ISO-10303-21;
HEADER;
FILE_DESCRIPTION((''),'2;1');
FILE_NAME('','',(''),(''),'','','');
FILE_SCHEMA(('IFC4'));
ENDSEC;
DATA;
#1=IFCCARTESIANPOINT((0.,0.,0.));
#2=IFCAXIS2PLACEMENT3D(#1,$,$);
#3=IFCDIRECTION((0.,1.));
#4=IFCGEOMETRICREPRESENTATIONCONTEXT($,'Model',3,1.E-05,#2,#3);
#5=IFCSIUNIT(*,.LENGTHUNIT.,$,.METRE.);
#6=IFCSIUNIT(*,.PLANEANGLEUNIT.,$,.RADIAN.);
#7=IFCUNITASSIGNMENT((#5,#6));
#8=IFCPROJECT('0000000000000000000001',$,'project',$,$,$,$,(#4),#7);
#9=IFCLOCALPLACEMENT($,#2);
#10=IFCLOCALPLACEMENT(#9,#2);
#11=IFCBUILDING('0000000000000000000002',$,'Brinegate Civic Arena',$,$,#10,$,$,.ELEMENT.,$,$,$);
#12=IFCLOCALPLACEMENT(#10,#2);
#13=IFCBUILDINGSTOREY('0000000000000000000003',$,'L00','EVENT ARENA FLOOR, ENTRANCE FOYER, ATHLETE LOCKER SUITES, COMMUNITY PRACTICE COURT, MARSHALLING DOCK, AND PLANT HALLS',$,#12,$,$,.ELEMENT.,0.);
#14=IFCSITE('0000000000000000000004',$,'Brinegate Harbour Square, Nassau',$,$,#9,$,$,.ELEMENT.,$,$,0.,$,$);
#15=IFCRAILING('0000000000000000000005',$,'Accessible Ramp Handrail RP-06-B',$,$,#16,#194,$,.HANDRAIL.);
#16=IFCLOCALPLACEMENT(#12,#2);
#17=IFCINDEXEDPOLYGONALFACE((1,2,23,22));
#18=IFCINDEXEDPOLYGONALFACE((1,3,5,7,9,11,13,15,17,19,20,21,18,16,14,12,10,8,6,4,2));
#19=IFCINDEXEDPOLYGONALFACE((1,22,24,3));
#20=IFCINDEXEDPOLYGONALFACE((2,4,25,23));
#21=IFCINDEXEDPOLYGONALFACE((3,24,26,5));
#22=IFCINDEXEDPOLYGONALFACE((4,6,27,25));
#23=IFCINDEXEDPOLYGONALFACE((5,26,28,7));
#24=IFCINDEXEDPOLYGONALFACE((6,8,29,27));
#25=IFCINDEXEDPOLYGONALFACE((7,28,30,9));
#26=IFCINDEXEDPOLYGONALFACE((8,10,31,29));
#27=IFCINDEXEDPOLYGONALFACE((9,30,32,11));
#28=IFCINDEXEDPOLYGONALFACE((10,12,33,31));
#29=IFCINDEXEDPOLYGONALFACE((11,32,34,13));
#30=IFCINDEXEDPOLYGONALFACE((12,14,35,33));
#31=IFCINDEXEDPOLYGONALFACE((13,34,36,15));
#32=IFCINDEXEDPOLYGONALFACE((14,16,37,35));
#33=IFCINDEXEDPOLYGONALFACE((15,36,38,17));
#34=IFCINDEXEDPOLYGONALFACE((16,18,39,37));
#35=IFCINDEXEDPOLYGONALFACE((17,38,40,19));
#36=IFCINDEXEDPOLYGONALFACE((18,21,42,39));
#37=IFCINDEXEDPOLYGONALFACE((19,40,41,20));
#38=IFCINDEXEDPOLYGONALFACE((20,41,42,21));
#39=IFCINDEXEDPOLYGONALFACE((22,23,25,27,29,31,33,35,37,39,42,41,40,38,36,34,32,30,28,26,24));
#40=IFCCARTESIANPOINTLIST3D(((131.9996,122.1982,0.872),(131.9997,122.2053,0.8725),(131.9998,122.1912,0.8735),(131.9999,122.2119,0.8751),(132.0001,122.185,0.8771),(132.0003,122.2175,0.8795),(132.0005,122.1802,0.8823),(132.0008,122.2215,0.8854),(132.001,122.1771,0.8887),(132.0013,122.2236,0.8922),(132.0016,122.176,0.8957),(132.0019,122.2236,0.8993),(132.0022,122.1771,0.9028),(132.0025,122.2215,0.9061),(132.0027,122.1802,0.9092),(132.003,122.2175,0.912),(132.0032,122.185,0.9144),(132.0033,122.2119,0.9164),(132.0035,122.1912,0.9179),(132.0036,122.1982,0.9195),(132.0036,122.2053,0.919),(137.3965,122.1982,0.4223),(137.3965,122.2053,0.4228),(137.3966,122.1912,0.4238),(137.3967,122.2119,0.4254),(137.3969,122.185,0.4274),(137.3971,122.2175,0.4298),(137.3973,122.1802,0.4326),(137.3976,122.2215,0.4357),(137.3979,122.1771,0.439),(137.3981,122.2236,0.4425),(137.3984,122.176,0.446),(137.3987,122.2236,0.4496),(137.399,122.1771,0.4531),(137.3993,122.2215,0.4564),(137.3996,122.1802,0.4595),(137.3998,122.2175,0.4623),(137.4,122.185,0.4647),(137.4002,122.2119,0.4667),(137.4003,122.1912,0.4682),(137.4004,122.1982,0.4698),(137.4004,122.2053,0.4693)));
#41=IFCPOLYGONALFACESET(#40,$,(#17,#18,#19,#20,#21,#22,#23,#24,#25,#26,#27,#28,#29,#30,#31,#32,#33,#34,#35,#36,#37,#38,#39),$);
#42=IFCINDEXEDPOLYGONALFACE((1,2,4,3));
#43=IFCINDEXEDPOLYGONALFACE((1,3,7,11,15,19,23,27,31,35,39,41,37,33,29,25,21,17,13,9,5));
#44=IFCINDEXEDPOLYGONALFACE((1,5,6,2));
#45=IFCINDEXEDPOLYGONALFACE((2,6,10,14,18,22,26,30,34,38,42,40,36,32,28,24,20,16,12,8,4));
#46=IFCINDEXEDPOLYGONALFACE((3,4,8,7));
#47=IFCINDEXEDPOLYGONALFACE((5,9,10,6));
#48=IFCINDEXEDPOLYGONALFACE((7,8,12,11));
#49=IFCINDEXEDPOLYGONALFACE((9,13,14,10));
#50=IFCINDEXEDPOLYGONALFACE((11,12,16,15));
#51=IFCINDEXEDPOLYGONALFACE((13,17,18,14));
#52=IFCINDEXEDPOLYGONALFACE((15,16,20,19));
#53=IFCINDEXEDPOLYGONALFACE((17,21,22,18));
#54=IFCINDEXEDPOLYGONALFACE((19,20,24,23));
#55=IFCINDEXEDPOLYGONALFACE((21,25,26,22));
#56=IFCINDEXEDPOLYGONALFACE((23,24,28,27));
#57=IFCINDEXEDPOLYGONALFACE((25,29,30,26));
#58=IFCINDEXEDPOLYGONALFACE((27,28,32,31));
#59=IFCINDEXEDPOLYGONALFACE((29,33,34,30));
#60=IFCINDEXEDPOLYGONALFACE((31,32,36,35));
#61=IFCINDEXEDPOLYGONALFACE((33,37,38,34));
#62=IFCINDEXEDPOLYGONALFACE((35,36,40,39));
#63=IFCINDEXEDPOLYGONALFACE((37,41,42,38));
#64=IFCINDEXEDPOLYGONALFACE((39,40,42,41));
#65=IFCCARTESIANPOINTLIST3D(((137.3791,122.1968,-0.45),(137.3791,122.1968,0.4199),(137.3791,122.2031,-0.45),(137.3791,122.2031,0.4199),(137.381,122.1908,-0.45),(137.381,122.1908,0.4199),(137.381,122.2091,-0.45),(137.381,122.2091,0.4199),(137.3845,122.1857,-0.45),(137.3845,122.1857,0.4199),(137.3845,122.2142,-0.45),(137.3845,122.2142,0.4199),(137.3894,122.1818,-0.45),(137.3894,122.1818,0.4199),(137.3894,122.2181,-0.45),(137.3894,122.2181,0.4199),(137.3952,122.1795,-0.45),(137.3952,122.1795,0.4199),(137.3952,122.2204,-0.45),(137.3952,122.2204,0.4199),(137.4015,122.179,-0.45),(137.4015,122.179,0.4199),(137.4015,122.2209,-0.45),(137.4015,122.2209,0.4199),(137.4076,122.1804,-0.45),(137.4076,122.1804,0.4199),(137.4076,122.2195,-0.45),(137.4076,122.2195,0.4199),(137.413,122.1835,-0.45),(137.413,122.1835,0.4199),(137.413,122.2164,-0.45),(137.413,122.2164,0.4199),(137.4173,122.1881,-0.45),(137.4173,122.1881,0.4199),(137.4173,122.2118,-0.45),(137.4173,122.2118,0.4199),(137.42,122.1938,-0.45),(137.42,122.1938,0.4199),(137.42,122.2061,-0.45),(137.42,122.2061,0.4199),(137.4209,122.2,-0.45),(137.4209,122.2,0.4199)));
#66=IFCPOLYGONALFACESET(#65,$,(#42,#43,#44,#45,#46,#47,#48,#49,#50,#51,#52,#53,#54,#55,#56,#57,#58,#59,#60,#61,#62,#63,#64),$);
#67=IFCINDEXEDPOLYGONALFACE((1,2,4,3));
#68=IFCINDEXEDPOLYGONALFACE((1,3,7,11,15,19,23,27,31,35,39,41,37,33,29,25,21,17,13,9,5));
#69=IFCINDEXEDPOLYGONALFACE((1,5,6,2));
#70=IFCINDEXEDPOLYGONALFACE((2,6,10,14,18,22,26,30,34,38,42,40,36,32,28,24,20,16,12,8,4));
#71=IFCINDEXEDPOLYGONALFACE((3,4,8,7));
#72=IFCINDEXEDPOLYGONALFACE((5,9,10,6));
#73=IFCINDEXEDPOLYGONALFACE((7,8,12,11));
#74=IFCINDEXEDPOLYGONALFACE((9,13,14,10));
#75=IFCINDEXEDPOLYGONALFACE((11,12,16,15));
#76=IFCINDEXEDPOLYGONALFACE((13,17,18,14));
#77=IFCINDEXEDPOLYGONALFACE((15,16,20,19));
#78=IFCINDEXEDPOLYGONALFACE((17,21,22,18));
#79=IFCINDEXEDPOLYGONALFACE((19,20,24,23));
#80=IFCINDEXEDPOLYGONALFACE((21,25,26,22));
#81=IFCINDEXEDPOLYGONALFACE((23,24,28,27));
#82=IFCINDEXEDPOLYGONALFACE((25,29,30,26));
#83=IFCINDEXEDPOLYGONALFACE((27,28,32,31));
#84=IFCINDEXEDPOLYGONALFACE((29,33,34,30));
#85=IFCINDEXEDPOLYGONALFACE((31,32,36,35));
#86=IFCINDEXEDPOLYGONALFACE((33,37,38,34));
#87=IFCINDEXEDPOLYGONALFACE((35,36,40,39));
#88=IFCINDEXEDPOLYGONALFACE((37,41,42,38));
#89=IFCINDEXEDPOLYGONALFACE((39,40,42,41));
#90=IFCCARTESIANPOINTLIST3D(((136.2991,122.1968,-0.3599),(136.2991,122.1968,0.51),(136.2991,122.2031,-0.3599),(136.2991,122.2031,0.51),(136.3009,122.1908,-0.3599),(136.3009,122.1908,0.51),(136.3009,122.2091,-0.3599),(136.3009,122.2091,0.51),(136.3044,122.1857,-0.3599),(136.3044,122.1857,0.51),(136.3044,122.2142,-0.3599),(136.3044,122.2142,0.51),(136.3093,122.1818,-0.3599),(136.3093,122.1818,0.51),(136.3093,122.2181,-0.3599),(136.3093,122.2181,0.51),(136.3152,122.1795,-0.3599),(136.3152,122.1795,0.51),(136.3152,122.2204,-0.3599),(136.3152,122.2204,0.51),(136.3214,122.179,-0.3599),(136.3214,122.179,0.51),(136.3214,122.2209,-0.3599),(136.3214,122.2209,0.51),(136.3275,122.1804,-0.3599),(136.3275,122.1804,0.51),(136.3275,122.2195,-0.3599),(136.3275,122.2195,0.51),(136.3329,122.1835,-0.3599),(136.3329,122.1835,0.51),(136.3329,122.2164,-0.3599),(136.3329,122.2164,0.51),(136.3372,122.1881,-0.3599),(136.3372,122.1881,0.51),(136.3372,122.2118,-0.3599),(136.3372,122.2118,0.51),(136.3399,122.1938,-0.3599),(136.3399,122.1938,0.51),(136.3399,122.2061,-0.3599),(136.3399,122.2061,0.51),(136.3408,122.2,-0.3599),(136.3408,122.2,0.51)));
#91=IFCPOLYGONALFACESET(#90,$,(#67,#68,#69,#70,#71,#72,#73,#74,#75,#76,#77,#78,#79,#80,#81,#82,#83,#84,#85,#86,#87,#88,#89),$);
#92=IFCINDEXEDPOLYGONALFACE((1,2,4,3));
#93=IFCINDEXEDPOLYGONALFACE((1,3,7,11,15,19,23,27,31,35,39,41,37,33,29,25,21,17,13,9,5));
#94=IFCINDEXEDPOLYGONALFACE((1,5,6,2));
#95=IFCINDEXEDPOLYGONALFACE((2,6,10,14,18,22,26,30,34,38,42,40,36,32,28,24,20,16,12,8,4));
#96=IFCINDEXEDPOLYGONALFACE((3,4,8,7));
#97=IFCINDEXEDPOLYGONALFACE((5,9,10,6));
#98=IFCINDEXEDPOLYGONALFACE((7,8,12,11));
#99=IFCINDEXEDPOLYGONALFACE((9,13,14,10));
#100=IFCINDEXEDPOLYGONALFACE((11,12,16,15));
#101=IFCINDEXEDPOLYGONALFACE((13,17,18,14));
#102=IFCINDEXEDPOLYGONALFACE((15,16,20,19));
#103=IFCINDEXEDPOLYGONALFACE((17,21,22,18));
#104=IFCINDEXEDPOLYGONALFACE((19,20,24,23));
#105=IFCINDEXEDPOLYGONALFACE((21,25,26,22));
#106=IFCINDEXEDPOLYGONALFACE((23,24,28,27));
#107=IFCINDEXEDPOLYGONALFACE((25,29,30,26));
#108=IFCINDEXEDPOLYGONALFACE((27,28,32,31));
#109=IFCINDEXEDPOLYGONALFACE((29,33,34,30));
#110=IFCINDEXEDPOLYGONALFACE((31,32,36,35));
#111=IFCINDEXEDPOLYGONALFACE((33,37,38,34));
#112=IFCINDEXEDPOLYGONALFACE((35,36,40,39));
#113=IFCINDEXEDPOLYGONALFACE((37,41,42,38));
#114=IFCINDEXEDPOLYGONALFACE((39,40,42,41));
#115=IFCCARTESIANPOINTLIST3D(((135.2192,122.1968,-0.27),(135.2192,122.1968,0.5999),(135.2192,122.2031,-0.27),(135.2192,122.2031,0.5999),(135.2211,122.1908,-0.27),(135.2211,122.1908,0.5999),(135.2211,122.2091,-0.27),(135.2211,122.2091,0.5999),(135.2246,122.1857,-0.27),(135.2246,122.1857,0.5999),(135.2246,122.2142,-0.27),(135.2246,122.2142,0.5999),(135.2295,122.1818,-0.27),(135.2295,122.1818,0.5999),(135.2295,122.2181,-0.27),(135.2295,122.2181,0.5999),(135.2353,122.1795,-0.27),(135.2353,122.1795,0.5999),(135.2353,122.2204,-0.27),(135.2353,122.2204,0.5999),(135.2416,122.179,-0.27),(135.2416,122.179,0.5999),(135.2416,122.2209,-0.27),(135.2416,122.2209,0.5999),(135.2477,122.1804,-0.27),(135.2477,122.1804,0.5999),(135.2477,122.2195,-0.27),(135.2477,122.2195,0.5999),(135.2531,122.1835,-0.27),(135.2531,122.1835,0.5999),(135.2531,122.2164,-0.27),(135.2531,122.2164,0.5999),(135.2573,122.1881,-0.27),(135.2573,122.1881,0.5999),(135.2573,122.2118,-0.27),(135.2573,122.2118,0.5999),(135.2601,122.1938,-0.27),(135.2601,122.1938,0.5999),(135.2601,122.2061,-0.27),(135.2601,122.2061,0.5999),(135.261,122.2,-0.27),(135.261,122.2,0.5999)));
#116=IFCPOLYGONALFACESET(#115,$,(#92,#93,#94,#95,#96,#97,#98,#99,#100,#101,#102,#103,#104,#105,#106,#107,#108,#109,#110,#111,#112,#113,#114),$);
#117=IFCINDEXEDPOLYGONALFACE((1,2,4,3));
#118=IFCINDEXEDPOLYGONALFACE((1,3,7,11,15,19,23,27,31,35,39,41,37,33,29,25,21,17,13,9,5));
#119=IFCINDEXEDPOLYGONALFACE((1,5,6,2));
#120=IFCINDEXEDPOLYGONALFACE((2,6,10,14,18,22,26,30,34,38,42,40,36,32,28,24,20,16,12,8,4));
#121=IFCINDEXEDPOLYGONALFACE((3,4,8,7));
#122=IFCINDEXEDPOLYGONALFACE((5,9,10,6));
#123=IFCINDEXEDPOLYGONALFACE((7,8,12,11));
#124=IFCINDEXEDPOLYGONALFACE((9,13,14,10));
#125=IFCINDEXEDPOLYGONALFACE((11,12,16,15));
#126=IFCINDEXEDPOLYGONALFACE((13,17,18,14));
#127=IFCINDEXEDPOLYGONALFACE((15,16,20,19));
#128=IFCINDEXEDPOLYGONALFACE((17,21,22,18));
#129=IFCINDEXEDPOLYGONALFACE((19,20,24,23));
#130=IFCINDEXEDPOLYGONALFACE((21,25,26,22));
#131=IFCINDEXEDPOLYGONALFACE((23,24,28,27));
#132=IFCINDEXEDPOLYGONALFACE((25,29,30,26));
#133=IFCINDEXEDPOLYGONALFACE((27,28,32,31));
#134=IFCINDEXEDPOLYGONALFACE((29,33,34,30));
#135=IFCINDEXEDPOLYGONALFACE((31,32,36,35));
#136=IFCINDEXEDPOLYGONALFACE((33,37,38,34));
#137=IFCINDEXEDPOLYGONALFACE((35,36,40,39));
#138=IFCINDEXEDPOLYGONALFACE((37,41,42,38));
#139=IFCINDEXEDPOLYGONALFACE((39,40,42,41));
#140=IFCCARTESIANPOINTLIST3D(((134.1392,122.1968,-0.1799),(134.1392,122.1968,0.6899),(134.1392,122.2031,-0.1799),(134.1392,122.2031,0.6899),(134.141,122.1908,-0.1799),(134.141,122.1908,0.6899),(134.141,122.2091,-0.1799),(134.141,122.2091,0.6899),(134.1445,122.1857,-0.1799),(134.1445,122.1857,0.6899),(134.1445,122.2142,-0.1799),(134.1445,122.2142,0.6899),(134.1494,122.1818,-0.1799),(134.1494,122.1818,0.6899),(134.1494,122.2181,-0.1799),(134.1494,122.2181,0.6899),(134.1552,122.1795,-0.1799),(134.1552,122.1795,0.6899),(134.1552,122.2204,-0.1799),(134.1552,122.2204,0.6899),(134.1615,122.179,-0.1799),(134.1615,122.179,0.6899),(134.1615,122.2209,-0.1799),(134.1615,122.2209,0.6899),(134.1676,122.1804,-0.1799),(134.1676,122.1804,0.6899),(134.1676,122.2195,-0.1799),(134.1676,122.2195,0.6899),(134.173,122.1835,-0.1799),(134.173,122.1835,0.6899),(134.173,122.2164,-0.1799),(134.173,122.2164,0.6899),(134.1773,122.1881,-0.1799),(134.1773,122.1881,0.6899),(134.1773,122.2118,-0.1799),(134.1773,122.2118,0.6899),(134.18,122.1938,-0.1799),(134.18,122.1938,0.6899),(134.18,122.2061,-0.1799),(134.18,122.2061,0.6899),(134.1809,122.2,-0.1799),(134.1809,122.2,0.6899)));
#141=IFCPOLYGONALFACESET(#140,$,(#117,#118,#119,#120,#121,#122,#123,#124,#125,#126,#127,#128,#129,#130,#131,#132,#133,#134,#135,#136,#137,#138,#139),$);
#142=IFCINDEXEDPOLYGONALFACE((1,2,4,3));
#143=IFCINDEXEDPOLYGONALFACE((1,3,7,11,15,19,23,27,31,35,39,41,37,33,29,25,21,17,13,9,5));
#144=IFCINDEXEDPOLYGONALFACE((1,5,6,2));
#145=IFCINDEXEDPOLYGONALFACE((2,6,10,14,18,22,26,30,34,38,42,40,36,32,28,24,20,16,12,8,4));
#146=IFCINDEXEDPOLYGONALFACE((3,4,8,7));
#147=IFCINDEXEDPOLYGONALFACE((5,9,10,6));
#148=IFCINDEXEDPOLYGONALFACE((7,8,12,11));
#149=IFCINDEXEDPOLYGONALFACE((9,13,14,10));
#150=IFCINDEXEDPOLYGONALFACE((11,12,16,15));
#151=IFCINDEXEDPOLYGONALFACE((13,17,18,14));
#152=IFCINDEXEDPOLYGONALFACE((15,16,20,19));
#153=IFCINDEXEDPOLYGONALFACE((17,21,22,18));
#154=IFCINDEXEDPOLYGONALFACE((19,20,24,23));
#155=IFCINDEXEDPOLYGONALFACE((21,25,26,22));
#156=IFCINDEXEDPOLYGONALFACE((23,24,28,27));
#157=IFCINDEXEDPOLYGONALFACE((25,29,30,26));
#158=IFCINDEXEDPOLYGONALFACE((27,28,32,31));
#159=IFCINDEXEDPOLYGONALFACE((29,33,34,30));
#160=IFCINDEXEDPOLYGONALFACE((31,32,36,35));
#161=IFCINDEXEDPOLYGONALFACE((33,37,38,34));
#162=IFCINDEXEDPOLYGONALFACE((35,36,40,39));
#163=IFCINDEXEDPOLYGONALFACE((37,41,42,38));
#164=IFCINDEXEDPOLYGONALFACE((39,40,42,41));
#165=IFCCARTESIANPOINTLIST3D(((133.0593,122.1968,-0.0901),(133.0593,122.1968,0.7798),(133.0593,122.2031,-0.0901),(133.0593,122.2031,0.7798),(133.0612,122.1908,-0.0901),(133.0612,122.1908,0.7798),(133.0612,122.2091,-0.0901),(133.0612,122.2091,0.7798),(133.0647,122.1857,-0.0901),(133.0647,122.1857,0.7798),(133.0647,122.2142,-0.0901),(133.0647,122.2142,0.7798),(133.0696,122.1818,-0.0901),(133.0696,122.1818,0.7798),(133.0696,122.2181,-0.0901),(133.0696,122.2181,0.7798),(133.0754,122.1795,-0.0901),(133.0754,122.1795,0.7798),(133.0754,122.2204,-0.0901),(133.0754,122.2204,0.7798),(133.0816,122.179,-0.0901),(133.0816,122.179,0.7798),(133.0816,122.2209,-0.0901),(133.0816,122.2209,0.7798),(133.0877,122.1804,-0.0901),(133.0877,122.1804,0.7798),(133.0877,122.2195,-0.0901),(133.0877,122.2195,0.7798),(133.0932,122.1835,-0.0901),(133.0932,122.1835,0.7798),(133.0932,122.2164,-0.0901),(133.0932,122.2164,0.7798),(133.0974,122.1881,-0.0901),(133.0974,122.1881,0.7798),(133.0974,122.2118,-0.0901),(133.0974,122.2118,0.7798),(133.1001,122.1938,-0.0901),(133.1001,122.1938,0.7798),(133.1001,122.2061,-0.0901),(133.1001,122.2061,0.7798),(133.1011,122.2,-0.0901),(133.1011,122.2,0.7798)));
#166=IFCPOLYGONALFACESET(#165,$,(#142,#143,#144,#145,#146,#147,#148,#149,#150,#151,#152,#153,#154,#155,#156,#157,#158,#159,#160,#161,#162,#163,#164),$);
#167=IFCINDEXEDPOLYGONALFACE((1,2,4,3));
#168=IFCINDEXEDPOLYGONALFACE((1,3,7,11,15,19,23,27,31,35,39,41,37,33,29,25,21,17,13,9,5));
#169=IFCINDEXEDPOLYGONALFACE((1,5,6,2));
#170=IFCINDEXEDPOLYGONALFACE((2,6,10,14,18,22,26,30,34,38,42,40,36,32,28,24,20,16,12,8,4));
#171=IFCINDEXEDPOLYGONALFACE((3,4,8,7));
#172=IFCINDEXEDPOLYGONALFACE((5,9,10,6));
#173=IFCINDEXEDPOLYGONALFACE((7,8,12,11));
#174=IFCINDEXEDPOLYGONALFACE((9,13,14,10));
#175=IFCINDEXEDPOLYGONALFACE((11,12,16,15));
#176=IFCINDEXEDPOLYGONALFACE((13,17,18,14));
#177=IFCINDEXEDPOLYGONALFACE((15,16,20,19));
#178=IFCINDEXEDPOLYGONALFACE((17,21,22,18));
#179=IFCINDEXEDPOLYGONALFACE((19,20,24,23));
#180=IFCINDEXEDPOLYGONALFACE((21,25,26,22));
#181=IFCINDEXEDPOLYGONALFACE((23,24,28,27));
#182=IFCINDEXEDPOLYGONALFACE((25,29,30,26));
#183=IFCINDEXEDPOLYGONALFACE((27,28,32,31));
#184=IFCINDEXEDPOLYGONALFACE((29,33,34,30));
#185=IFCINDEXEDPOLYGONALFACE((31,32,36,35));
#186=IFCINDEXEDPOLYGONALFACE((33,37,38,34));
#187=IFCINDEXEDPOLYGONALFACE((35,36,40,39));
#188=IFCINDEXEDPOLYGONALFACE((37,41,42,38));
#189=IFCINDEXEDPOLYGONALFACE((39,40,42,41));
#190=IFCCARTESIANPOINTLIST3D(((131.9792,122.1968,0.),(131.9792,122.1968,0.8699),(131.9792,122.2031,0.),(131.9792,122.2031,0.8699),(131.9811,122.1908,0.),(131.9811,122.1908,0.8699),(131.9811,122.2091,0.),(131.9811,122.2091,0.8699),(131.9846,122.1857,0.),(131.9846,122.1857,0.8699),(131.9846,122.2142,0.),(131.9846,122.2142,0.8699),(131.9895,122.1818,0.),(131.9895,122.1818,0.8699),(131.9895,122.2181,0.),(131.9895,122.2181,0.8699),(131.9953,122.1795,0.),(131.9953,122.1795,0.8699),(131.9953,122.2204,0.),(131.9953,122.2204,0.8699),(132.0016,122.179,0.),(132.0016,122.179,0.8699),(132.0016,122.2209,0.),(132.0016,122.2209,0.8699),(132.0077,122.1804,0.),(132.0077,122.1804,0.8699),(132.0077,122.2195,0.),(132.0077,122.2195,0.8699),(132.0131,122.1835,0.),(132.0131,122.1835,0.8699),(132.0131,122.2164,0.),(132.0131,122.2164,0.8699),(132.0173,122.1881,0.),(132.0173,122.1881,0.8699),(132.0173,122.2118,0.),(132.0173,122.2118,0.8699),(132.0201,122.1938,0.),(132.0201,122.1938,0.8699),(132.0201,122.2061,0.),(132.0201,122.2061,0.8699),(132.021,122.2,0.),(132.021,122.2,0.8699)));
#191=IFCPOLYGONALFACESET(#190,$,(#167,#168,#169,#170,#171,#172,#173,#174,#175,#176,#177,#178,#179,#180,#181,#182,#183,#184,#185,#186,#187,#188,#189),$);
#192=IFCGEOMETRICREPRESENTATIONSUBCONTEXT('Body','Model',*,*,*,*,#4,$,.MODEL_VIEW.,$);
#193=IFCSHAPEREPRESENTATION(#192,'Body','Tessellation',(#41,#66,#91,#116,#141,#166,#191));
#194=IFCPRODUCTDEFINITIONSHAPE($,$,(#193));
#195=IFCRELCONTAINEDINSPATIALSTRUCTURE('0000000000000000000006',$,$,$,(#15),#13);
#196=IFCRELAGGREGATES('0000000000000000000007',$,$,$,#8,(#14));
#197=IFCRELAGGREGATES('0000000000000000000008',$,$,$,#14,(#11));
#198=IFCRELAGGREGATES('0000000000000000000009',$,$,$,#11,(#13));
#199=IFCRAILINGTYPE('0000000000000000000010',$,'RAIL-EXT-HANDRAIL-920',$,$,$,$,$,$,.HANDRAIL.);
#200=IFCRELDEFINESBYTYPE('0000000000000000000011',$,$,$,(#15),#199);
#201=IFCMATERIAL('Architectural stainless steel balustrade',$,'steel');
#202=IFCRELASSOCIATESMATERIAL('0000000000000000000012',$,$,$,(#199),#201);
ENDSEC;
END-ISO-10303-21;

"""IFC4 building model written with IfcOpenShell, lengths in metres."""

from ifc_helpers import new_model, si_unit, direction, frame, origin, origin_2d, place, context, subcontext, project, spatial, circle, extrude, material, type_object, element, save


model = new_model("IFC4")

# Units and contexts
model_context = context("Model", 3, precision=1e-05, world=origin(), true_north=direction((0.0, 1.0)))
body_context = subcontext(model_context, "Body", "Model", "MODEL_VIEW")
ifc_project = project(units=[si_unit("LENGTHUNIT", "METRE"), si_unit("PLANEANGLEUNIT", "RADIAN")], contexts=[model_context])

# Site, building, storey
site_placement = place(None, origin())
site = spatial("IfcSite", under=ifc_project, at=site_placement, Name="Brinegate Harbour Square, Nassau", CompositionType="ELEMENT", RefElevation=0.0)
building_placement = place(site_placement, origin())
building = spatial("IfcBuilding", under=site, at=building_placement, Name="Brinegate Civic Arena", CompositionType="ELEMENT")
storey_placement = place(building_placement, origin())
storey = spatial("IfcBuildingStorey", under=building, at=storey_placement, Name="L00", Description="EVENT ARENA FLOOR, ENTRANCE FOYER, ATHLETE LOCKER SUITES, COMMUNITY PRACTICE COURT, MARSHALLING DOCK, AND PLANT HALLS", CompositionType="ELEMENT", Elevation=0.0)

# Railing
ifc_material_1 = material(Name="Architectural stainless steel balustrade", Category="steel")
railing_type = type_object("IfcRailingType", Name="RAIL-EXT-HANDRAIL-920", PredefinedType="HANDRAIL", material=ifc_material_1)
for number, where, name in (
    (1, (137.3999, 122.2, -0.45), "Accessible Ramp Handrail RP-06-B"),
):
    element("IfcRailing", number, at=place(storey_placement, frame(where)), inside=storey, type_object=railing_type, Name=name, PredefinedType="HANDRAIL", context=body_context, shape_type="SweptSolid", body=[
        extrude(circle(Radius=0.0239, at=origin_2d()), frame((-0.0015, 0.0, 0.896), z_axis=(-0.996546, 0.0, 0.083038), x_axis=(0.0, -1.0, 0.0)), (0.0, 0.0, 1.0), 5.4155),
        extrude(circle(Radius=0.021, at=origin_2d()), origin(), (0.0, 0.0, 1.0), 0.8699),
        extrude(circle(Radius=0.021, at=origin_2d()), frame((-1.0801, 0.0, 0.0901)), (0.0, 0.0, 1.0), 0.8699),
        extrude(circle(Radius=0.021, at=origin_2d()), frame((-2.1599, 0.0, 0.1799)), (0.0, 0.0, 1.0), 0.8699),
        extrude(circle(Radius=0.021, at=origin_2d()), frame((-3.24, 0.0, 0.27)), (0.0, 0.0, 1.0), 0.8699),
        extrude(circle(Radius=0.021, at=origin_2d()), frame((-4.3198, 0.0, 0.3599)), (0.0, 0.0, 1.0), 0.8699),
        extrude(circle(Radius=0.021, at=origin_2d()), frame((-5.3999, 0.0, 0.45)), (0.0, 0.0, 1.0), 0.8699),
    ])

save(model, "model.ifc")
